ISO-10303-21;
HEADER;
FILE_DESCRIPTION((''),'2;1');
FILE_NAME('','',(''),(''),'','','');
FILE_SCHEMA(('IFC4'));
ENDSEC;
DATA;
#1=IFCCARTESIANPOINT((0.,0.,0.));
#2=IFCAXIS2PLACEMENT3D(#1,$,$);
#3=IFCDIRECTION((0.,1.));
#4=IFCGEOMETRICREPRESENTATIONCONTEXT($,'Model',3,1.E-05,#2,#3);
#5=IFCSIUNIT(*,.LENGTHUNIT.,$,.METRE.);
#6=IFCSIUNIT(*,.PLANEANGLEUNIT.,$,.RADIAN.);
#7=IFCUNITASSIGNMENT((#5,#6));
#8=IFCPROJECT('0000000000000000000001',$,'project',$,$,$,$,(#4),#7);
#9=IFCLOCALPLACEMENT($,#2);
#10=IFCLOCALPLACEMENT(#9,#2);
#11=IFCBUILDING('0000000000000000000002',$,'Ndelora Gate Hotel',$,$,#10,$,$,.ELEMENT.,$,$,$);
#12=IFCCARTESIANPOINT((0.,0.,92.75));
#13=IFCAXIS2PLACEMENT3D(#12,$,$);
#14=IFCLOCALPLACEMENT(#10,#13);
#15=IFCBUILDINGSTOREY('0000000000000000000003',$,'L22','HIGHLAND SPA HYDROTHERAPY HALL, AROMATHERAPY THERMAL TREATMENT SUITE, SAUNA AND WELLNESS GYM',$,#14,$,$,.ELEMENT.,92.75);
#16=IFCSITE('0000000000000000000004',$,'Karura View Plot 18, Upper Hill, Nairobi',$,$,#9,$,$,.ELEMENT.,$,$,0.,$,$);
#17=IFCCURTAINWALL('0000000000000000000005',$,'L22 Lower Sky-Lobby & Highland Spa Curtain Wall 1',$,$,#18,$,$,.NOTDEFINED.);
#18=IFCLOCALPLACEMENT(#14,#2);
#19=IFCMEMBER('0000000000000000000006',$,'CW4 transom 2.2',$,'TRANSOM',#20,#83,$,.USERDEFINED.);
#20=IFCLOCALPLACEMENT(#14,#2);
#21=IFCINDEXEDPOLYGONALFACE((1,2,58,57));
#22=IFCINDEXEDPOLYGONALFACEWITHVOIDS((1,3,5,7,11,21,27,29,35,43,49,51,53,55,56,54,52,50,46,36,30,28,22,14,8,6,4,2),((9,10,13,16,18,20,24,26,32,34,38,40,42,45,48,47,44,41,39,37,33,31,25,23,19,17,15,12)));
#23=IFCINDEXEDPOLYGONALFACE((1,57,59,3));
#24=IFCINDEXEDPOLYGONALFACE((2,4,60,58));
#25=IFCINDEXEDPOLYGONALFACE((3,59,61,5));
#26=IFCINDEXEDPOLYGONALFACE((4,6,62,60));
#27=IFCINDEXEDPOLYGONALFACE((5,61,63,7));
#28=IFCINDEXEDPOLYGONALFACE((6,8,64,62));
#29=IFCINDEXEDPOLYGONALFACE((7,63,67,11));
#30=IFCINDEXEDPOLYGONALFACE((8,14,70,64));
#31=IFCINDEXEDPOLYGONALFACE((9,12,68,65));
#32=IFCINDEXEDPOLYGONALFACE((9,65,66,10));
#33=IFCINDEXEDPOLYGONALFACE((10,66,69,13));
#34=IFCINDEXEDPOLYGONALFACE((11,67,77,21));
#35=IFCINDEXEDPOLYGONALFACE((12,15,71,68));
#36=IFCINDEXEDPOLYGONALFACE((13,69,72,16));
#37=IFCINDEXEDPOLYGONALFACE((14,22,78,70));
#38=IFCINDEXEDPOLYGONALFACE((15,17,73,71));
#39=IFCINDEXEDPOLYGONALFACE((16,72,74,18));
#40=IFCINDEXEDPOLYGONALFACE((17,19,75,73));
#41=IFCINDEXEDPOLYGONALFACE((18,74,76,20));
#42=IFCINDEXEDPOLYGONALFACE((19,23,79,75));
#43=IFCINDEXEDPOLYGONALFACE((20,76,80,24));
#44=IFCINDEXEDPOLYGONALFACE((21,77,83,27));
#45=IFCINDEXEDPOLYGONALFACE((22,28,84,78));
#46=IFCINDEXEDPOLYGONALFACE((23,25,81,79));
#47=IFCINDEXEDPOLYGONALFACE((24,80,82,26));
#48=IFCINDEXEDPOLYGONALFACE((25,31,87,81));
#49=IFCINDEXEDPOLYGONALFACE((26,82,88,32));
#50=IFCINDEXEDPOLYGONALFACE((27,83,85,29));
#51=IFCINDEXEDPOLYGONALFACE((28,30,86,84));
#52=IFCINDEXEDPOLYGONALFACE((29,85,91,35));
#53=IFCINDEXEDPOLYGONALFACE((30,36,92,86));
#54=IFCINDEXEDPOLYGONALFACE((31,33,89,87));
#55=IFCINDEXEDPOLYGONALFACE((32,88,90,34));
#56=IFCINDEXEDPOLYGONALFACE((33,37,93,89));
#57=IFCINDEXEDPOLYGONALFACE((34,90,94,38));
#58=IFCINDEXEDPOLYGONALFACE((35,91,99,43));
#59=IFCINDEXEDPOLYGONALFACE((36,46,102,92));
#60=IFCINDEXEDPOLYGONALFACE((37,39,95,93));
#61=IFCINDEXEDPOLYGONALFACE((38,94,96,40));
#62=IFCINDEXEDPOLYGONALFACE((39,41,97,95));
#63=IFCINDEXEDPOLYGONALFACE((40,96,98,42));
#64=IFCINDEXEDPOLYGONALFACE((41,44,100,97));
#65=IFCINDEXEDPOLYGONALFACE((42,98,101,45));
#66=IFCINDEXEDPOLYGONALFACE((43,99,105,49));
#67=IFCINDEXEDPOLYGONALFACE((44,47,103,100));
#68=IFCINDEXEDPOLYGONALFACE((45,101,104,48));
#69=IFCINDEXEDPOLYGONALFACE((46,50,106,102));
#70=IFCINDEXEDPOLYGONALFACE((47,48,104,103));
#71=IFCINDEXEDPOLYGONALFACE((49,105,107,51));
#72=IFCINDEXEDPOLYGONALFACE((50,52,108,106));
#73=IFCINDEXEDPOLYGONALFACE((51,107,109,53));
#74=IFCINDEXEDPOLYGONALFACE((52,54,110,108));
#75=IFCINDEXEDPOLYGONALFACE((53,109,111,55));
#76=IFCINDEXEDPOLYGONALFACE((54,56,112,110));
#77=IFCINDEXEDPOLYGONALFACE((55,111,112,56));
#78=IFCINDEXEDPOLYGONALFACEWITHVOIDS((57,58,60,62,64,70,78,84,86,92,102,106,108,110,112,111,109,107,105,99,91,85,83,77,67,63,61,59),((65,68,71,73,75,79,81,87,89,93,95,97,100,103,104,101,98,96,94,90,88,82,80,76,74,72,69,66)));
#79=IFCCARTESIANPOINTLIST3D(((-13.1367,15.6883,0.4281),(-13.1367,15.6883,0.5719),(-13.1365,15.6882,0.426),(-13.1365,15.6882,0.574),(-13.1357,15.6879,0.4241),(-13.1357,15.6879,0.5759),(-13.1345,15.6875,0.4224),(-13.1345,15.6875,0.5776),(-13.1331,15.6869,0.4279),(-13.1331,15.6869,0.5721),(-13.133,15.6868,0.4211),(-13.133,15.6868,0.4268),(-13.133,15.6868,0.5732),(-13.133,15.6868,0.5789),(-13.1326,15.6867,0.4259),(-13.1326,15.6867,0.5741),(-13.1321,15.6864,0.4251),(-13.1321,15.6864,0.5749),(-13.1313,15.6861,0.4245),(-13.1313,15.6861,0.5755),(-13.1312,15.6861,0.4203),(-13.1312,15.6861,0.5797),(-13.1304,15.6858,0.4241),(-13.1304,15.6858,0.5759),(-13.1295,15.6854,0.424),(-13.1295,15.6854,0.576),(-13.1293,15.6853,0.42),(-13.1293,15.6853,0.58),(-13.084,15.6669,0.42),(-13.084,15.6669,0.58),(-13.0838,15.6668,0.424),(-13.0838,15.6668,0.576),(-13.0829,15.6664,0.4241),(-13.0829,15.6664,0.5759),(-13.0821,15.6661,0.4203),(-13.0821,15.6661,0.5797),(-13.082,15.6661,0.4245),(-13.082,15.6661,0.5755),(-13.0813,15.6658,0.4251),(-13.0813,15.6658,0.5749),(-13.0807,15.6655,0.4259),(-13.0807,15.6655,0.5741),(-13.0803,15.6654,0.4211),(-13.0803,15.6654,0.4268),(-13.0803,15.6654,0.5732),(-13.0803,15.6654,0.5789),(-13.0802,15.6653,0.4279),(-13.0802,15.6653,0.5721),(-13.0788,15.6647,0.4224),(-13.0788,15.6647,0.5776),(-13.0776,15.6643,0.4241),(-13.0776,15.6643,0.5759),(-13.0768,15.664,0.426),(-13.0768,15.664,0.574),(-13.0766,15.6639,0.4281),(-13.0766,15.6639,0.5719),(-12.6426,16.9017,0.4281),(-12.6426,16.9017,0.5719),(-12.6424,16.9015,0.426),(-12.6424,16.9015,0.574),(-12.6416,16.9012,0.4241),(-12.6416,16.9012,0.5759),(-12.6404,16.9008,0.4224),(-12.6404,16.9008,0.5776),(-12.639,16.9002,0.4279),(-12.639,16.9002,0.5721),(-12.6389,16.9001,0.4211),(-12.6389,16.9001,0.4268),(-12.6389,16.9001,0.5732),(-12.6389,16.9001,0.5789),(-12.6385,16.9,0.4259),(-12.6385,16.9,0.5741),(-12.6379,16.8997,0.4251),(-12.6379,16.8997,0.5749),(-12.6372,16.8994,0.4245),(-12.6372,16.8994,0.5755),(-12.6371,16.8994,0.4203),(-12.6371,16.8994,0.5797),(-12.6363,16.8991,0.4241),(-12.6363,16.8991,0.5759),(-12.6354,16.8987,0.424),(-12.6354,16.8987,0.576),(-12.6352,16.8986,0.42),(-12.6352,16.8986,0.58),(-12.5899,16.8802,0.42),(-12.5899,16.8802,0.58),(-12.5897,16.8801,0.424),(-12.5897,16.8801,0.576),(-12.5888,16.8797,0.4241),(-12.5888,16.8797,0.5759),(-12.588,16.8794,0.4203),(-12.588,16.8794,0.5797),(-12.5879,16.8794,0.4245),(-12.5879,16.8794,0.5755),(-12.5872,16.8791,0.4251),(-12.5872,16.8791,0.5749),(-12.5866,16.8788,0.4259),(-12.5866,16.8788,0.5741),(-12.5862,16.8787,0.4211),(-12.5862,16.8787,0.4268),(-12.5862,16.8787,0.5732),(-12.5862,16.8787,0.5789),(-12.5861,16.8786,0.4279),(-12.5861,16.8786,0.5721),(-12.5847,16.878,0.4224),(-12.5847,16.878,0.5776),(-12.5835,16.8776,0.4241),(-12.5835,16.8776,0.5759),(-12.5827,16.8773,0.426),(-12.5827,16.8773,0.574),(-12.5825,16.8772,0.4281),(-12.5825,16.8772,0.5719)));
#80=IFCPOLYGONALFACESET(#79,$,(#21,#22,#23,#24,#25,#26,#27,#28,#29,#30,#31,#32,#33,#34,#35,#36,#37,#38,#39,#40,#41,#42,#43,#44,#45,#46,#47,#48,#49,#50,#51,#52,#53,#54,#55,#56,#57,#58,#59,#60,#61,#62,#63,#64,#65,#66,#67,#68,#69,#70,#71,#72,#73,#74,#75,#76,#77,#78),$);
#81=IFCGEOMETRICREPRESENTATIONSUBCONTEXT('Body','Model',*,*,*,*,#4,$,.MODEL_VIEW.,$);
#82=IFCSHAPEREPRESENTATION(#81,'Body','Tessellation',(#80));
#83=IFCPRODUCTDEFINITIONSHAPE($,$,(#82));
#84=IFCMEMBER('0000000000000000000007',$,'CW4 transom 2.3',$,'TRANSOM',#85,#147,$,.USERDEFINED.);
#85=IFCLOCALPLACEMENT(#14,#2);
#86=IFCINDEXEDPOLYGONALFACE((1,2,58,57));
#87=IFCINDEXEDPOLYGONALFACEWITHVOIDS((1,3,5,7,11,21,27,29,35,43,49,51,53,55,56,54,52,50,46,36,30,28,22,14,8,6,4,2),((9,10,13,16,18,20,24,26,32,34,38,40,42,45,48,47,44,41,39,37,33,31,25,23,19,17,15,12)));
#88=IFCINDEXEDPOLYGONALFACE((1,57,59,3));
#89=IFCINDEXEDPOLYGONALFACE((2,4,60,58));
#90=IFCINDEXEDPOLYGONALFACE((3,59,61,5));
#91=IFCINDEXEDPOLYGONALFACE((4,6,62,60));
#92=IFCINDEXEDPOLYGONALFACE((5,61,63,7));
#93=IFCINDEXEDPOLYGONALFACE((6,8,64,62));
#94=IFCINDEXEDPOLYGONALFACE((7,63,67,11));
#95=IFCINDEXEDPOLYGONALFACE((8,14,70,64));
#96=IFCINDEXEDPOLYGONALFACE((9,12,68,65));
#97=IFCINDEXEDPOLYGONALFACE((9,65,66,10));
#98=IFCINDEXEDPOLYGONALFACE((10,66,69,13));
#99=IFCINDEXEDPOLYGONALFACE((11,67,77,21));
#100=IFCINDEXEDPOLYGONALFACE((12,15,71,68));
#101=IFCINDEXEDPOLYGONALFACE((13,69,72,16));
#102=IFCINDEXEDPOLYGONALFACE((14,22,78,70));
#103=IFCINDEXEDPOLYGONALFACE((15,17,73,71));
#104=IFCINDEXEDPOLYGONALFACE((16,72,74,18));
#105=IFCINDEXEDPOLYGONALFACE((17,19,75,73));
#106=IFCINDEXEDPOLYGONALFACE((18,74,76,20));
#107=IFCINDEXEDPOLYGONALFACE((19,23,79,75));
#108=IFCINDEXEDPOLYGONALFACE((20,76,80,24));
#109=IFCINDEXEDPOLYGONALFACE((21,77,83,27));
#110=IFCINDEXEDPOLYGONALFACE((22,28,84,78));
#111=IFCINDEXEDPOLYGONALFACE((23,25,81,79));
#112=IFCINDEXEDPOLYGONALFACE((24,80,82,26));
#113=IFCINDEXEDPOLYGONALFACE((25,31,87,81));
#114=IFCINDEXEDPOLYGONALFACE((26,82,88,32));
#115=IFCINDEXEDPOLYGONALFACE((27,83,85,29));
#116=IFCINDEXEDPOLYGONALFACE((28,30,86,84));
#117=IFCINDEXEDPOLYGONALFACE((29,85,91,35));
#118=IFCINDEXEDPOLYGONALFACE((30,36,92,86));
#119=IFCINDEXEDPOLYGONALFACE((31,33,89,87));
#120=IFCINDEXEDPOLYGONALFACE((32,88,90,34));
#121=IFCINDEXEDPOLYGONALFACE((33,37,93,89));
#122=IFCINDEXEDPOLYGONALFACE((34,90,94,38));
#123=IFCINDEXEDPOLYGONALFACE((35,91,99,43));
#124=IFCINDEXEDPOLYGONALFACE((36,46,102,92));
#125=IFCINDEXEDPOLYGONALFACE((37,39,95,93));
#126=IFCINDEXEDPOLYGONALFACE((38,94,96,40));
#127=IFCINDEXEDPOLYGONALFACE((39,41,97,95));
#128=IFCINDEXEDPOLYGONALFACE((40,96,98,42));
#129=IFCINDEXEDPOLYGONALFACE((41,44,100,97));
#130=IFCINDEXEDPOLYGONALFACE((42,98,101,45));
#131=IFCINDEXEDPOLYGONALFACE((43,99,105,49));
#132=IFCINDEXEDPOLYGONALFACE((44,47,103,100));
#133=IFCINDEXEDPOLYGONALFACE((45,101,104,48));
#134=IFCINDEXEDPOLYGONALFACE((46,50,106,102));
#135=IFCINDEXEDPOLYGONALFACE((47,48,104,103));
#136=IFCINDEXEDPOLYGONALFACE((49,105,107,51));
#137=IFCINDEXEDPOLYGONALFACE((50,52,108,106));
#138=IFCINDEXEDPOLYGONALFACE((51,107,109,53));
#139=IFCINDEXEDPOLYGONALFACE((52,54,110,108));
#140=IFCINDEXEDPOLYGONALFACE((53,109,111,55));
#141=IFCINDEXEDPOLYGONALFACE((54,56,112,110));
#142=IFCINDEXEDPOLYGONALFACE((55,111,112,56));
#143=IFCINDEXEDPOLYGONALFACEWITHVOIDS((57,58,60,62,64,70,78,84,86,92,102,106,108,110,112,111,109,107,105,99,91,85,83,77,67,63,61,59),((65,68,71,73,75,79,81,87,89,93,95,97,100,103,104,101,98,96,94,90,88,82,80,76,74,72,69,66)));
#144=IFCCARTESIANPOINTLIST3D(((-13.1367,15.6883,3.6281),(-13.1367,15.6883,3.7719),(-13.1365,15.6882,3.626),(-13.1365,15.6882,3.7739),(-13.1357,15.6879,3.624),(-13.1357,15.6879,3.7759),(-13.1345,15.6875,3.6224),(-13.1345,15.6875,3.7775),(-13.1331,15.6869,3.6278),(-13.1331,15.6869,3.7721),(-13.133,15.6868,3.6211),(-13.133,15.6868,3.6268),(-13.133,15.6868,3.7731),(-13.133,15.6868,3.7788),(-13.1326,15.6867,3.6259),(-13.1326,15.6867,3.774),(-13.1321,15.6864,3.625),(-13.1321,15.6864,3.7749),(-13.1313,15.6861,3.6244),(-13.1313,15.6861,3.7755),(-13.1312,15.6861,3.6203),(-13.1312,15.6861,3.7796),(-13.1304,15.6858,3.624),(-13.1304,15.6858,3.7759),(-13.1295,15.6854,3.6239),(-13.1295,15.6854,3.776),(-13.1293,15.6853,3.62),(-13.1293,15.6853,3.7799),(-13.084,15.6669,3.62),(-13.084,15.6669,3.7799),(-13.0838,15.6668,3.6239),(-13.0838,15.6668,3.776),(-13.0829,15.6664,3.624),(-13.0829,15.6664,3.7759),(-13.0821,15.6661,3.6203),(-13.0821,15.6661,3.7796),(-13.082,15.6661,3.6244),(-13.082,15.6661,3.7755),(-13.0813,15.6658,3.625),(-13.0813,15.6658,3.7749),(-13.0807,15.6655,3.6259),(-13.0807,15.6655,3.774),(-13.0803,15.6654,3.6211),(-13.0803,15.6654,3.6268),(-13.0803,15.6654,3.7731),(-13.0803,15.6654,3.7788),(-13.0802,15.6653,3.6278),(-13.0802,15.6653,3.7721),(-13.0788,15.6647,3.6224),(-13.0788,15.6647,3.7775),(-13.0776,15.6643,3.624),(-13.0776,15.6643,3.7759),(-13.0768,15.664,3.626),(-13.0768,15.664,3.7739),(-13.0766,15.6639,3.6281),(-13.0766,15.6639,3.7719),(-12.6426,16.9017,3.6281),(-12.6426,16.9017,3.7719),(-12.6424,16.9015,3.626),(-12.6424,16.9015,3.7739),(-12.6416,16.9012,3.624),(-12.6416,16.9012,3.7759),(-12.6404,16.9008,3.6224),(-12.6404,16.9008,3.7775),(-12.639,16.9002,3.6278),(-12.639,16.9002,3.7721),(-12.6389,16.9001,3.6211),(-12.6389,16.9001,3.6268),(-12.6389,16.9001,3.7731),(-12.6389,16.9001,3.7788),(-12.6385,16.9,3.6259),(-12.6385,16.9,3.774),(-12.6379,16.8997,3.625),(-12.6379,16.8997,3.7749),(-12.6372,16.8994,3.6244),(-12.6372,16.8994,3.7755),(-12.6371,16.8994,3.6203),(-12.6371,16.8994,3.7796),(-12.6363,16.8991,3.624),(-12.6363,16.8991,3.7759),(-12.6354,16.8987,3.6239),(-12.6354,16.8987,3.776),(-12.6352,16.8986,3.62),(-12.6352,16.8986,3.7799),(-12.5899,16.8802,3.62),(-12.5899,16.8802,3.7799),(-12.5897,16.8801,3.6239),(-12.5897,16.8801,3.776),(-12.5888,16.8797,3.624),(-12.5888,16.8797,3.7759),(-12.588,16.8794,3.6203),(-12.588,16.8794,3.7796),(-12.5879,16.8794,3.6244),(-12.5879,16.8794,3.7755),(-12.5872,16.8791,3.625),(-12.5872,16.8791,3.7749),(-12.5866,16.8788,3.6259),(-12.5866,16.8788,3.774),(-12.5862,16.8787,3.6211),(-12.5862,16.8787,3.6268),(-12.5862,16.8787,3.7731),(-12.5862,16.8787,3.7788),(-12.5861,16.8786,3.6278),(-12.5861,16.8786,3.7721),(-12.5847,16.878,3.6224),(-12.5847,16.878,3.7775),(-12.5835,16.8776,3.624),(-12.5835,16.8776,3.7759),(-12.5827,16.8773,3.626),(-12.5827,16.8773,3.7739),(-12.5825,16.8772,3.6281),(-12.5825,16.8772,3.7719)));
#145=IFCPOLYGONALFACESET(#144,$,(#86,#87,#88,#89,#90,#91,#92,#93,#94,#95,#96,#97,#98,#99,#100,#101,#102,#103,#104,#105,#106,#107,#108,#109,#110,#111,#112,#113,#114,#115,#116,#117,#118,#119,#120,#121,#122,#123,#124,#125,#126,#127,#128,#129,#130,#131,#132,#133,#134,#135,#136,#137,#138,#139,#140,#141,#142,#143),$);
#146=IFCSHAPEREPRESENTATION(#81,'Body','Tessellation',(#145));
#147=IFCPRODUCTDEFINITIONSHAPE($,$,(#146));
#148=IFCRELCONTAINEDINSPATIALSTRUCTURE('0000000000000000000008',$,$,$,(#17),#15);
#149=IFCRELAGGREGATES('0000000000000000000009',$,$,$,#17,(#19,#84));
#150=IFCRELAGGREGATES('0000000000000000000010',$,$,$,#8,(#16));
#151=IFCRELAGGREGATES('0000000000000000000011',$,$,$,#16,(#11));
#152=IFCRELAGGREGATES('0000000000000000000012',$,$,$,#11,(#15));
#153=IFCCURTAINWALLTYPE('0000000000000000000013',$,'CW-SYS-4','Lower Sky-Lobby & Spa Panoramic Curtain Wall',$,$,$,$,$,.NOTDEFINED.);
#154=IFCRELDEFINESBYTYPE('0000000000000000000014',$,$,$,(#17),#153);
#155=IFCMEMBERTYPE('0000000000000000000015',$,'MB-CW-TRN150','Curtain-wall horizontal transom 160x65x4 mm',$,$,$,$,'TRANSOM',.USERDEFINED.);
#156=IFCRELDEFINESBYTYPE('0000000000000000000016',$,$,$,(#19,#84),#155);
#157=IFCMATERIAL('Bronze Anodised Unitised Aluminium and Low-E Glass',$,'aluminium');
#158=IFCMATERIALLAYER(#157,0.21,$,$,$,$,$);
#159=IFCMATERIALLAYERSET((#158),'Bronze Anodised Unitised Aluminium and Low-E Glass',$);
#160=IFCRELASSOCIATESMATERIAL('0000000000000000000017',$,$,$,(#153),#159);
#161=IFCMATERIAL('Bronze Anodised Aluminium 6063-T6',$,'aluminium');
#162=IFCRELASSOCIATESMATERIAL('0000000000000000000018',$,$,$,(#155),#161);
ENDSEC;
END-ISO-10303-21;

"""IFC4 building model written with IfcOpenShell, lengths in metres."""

from ifc_helpers import new_model, si_unit, direction, frame, origin, origin_2d, place, context, subcontext, project, spatial, hollow_rectangle, extrude, material, layer, layer_set, material_profile, profile_set, type_object, element, aggregate, save


model = new_model("IFC4")

# Units and contexts
model_context = context("Model", 3, precision=1e-05, world=origin(), true_north=direction((0.0, 1.0)))
body_context = subcontext(model_context, "Body", "Model", "MODEL_VIEW")
ifc_project = project(units=[si_unit("LENGTHUNIT", "METRE"), si_unit("PLANEANGLEUNIT", "RADIAN")], contexts=[model_context])

# Site, building, storey
site_placement = place(None, origin())
site = spatial("IfcSite", under=ifc_project, at=site_placement, Name="Karura View Plot 18, Upper Hill, Nairobi", CompositionType="ELEMENT", RefElevation=0.0)
building_placement = place(site_placement, origin())
building = spatial("IfcBuilding", under=site, at=building_placement, Name="Ndelora Gate Hotel", CompositionType="ELEMENT")
storey_placement = place(building_placement, frame((0.0, 0.0, 92.75)))
storey = spatial("IfcBuildingStorey", under=building, at=storey_placement, Name="L22", Description="HIGHLAND SPA HYDROTHERAPY HALL, AROMATHERAPY THERMAL TREATMENT SUITE, SAUNA AND WELLNESS GYM", CompositionType="ELEMENT", Elevation=92.75)

# Curtain wall
ifc_material_1 = material(Name="Bronze Anodised Unitised Aluminium and Low-E Glass", Category="aluminium")
ifc_layer_1 = layer(ifc_material_1, 0.21)
ifc_layer_set_1 = layer_set([ifc_layer_1], Name="Bronze Anodised Unitised Aluminium and Low-E Glass")
curtain_wall_type = type_object("IfcCurtainWallType", Name="CW-SYS-4", Description="Lower Sky-Lobby & Spa Panoramic Curtain Wall", PredefinedType="NOTDEFINED", material=ifc_layer_set_1)
curtain_wall_1_placement = place(storey_placement, origin())
curtain_wall_1 = element("IfcCurtainWall", 1, at=curtain_wall_1_placement, inside=storey, type_object=curtain_wall_type, Name="L22 Lower Sky-Lobby & Highland Spa Curtain Wall 1", PredefinedType="NOTDEFINED")
ifc_material_2 = material(Name="Bronze Anodised Aluminium 6063-T6", Category="aluminium")

# Members
ifc_material_profile_1 = material_profile(ifc_material_2, hollow_rectangle(XDim=0.0649, YDim=0.1599, WallThickness=0.0039, InnerFilletRadius=0.0039, OuterFilletRadius=0.0081, at=origin_2d()), Name="ALU 160x65x4")
ifc_profile_set_1 = profile_set([ifc_material_profile_1], Name="Bronze Anodised Aluminium 6063-T6")
member_type_1 = type_object("IfcMemberType", Name="MB-CW-TRN150", Description="Curtain-wall horizontal transom 160x65x4 mm", ElementType="TRANSOM", PredefinedType="USERDEFINED", material=ifc_profile_set_1)
member_1_placement = place(storey_placement, frame((-12.6125, 16.8894, 0.5), z_axis=(-0.377167, -0.926145, 0.0), x_axis=(0.926145, -0.377167, 0.0)))
member_1 = element("IfcMember", 2, at=member_1_placement, type_object=member_type_1, Name="CW4 transom 2.2", ObjectType="TRANSOM", PredefinedType="USERDEFINED", context=body_context, shape_type="SweptSolid", body=[
    extrude(hollow_rectangle(XDim=0.0649, YDim=0.1599, WallThickness=0.0039, InnerFilletRadius=0.0039, OuterFilletRadius=0.0081, at=origin_2d()), origin(), (0.0, 0.0, 1.0), 1.3101),
])
member_2_placement = place(storey_placement, frame((-12.6125, 16.8894, 3.7), z_axis=(-0.377167, -0.926145, 0.0), x_axis=(0.926145, -0.377167, 0.0)))
member_2 = element("IfcMember", 3, at=member_2_placement, type_object=member_type_1, Name="CW4 transom 2.3", ObjectType="TRANSOM", PredefinedType="USERDEFINED", context=body_context, shape_type="SweptSolid", body=[
    extrude(hollow_rectangle(XDim=0.0649, YDim=0.1599, WallThickness=0.0039, InnerFilletRadius=0.0039, OuterFilletRadius=0.0081, at=origin_2d()), origin(), (0.0, 0.0, 1.0), 1.3101),
])

aggregate(curtain_wall_1, [member_1, member_2])

save(model, "model.ifc")
